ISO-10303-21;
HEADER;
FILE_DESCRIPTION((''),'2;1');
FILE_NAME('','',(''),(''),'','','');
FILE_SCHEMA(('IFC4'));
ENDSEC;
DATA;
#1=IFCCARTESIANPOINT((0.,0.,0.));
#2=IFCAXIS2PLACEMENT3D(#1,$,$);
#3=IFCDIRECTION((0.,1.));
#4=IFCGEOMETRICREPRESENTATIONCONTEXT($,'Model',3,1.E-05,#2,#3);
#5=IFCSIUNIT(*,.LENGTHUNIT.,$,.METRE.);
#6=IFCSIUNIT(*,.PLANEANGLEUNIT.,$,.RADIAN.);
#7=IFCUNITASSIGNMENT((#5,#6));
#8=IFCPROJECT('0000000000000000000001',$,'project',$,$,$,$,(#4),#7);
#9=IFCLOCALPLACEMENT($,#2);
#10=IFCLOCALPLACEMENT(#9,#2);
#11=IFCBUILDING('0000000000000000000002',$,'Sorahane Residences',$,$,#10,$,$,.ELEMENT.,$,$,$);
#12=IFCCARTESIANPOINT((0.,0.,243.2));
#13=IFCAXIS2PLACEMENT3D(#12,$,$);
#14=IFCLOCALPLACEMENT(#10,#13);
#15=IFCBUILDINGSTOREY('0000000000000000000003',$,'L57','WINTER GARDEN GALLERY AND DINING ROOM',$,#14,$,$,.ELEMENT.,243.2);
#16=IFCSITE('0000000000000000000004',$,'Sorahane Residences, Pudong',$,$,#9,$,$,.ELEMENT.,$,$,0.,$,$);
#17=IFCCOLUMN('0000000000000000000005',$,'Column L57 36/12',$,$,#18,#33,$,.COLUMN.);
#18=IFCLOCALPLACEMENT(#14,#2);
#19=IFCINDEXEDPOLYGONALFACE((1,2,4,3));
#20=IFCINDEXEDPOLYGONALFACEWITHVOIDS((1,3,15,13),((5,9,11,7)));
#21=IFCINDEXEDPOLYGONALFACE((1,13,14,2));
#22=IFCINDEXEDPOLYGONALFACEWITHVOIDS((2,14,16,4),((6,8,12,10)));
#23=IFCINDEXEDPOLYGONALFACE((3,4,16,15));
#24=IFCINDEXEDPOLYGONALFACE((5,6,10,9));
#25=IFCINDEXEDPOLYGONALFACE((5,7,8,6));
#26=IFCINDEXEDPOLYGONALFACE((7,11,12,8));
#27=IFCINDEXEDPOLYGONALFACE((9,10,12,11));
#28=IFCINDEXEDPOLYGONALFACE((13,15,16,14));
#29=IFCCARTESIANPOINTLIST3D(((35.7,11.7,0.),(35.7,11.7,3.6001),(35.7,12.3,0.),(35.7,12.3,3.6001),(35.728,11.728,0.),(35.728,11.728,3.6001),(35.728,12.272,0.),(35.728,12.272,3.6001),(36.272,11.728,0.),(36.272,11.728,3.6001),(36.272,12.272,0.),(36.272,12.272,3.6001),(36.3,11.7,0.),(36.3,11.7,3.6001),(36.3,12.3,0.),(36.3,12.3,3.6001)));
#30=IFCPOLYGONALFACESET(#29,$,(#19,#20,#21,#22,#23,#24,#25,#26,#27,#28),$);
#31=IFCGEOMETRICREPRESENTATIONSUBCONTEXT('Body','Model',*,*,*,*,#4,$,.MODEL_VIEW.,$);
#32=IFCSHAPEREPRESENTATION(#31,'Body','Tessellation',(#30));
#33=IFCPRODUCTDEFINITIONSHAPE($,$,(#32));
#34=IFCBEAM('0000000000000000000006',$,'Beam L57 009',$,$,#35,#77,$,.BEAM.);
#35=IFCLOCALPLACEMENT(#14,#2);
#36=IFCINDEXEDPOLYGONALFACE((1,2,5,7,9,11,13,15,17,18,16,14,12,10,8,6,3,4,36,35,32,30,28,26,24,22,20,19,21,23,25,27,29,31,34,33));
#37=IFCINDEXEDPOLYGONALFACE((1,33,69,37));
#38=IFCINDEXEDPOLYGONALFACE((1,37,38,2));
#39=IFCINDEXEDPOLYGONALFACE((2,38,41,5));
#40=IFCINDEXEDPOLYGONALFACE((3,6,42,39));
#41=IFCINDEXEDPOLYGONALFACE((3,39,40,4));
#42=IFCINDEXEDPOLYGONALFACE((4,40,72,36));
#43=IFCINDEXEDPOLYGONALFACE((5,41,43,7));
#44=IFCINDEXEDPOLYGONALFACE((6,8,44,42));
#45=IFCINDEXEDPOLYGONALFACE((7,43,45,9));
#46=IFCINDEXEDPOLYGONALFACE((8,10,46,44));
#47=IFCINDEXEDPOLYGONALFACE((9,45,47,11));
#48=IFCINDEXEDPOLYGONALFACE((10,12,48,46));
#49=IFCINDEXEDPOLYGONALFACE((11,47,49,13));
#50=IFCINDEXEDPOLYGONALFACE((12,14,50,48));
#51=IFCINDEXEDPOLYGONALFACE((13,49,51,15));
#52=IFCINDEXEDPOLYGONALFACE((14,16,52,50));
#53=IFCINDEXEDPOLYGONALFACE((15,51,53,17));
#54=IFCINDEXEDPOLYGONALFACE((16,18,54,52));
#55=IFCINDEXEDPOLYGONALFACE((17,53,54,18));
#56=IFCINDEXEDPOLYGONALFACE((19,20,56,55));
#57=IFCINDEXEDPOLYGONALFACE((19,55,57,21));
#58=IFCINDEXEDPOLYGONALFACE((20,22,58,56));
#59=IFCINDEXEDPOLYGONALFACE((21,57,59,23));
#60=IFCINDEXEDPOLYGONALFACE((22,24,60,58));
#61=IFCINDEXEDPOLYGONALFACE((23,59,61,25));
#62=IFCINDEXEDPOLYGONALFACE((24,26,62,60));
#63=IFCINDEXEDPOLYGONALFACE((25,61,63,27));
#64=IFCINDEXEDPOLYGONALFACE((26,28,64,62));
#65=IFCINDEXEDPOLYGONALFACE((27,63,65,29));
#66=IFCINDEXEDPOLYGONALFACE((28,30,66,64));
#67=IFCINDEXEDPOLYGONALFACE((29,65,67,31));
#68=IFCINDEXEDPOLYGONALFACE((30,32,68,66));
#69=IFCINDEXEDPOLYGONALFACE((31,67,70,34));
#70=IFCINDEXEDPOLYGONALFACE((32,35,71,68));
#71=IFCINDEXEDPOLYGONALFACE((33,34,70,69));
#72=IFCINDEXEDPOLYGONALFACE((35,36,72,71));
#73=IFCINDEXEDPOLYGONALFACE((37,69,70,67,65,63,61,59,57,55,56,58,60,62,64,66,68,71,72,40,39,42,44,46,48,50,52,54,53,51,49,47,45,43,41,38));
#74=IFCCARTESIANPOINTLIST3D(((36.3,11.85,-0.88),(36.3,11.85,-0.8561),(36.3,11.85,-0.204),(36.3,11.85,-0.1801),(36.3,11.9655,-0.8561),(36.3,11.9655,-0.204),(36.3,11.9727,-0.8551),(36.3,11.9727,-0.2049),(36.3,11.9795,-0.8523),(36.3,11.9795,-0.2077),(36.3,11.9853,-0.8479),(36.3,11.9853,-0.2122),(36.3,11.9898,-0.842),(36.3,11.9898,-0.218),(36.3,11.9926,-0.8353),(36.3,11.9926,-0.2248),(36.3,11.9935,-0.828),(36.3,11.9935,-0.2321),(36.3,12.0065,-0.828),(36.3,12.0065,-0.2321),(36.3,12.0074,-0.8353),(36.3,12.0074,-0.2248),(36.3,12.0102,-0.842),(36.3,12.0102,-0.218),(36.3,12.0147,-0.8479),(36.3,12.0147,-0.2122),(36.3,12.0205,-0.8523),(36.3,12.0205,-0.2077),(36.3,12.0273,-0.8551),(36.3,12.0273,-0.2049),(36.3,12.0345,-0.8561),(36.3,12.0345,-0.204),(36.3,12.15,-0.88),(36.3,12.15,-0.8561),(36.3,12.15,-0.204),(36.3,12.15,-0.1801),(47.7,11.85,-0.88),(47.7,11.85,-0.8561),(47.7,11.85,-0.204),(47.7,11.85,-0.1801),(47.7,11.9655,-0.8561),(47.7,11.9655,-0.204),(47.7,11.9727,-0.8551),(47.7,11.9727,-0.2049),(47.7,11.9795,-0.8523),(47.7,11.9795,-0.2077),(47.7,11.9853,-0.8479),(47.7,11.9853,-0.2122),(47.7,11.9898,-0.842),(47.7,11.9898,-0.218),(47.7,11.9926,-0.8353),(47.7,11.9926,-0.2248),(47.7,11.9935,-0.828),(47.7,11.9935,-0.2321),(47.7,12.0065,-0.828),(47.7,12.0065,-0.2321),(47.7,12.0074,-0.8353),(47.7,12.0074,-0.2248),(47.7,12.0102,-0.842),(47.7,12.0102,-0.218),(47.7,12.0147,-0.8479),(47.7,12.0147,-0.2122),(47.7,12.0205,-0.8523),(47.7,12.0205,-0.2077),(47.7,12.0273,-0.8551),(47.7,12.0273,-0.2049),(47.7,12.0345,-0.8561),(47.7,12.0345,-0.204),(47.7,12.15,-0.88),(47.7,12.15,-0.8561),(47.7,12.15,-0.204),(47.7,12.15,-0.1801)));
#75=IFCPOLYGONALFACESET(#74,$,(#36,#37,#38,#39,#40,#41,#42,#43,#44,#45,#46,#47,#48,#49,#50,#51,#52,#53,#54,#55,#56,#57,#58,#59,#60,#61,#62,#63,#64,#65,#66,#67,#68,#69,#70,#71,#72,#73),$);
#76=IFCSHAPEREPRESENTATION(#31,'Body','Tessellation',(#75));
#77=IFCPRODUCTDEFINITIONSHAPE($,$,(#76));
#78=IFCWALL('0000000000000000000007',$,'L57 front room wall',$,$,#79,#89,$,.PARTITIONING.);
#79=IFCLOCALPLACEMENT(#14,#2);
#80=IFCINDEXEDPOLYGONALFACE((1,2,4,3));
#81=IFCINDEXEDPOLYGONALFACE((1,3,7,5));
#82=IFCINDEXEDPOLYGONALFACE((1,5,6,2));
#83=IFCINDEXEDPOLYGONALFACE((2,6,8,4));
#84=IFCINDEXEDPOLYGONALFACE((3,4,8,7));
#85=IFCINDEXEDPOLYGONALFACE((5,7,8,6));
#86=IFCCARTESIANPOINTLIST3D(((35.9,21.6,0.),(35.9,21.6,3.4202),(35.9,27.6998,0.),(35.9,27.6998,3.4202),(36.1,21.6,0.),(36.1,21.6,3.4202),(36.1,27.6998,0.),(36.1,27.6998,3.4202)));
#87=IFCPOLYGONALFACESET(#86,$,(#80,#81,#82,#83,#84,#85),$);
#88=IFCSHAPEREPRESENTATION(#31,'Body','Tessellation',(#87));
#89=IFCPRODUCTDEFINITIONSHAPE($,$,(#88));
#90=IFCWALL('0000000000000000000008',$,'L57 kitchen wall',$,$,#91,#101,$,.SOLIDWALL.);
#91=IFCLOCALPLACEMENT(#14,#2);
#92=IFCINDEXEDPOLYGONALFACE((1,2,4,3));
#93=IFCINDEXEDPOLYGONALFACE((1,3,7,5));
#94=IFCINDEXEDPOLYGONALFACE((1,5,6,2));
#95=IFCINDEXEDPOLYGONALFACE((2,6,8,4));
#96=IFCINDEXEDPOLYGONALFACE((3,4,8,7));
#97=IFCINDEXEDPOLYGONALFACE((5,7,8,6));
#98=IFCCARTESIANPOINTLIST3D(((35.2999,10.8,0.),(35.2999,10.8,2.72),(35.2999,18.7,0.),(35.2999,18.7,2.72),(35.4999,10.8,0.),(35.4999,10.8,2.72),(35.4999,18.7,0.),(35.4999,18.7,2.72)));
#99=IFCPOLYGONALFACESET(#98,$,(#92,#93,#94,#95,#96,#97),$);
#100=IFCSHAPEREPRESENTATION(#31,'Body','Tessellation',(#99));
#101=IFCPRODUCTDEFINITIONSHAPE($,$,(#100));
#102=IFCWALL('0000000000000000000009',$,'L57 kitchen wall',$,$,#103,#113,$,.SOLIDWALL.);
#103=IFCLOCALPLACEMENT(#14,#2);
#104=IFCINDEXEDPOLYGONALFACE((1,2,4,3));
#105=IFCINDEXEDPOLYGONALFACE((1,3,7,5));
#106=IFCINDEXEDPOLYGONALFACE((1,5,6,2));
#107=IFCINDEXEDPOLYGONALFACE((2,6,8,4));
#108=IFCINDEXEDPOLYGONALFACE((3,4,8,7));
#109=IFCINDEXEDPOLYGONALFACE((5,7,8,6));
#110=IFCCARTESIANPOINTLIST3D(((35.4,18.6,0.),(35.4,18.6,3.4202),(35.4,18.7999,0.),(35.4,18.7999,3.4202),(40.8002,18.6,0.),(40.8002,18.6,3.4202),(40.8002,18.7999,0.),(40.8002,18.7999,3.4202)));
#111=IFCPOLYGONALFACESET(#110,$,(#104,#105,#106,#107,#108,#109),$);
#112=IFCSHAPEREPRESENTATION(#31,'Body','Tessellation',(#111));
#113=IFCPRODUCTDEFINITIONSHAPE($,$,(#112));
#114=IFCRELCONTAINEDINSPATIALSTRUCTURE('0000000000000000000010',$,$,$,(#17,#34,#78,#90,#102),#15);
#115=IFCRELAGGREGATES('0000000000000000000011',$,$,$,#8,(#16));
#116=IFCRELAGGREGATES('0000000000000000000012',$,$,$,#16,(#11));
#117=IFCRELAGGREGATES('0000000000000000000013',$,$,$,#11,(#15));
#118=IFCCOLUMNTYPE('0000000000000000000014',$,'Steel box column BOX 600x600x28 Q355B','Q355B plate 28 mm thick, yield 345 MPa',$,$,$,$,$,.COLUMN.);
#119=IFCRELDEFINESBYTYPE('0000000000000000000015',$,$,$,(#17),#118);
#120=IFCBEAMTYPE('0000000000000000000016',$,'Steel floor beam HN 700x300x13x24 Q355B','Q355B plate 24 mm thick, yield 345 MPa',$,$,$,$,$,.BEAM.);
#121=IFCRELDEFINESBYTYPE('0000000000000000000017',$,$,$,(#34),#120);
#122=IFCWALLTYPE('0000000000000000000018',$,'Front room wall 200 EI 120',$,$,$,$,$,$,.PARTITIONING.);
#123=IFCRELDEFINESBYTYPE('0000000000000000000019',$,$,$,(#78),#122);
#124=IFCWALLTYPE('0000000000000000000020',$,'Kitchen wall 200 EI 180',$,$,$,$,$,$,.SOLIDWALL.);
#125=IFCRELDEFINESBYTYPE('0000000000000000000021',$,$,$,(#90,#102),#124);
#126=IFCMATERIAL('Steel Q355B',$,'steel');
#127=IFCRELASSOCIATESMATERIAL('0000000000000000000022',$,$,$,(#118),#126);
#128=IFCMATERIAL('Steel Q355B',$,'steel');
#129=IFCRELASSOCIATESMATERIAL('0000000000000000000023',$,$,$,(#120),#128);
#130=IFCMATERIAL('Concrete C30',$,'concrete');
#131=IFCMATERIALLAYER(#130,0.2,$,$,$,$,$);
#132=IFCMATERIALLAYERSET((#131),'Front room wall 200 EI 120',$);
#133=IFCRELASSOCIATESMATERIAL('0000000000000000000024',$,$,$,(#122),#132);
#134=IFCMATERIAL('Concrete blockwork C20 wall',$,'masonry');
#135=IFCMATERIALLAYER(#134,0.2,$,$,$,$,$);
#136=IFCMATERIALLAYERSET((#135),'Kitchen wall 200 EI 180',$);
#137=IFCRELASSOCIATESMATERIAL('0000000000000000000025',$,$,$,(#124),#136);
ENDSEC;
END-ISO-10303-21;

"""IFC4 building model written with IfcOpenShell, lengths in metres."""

from ifc_helpers import new_model, si_unit, direction, frame, frame_2d, origin, origin_2d, place, context, subcontext, project, spatial, rectangle, hollow_rectangle, i_section, extrude, material, layer, layer_set, material_profile, profile_set, type_object, element, save


model = new_model("IFC4")

# Units and contexts
model_context = context("Model", 3, precision=1e-05, world=origin(), true_north=direction((0.0, 1.0)))
body_context = subcontext(model_context, "Body", "Model", "MODEL_VIEW")
ifc_project = project(units=[si_unit("LENGTHUNIT", "METRE"), si_unit("PLANEANGLEUNIT", "RADIAN")], contexts=[model_context])

# Site, building, storey
site_placement = place(None, origin())
site = spatial("IfcSite", under=ifc_project, at=site_placement, Name="Sorahane Residences, Pudong", CompositionType="ELEMENT", RefElevation=0.0)
building_placement = place(site_placement, origin())
building = spatial("IfcBuilding", under=site, at=building_placement, Name="Sorahane Residences", CompositionType="ELEMENT")
storey_placement = place(building_placement, frame((0.0, 0.0, 243.2)))
storey = spatial("IfcBuildingStorey", under=building, at=storey_placement, Name="L57", Description="WINTER GARDEN GALLERY AND DINING ROOM", CompositionType="ELEMENT", Elevation=243.2)

# Column
ifc_material_1 = material(Name="Steel Q355B", Category="steel")
ifc_material_profile_1 = material_profile(ifc_material_1, hollow_rectangle(XDim=0.6001, YDim=0.6001, WallThickness=0.0281, at=origin_2d()), Name="BOX 600x600x28")
ifc_profile_set_1 = profile_set([ifc_material_profile_1], Name="Steel Q355B")
column_type = type_object("IfcColumnType", Name="Steel box column BOX 600x600x28 Q355B", Description="Q355B plate 28 mm thick, yield 345 MPa", PredefinedType="COLUMN", material=ifc_profile_set_1)
column_placement = place(storey_placement, frame((36.0, 12.0, 0.0), z_axis=(0.0, 0.0, 1.0), x_axis=(1.0, 0.0, 0.0)))
element("IfcColumn", 1, at=column_placement, inside=storey, type_object=column_type, Name="Column L57 36/12", PredefinedType="COLUMN", context=body_context, shape_type="SweptSolid", body=[
    extrude(hollow_rectangle(XDim=0.6001, YDim=0.6001, WallThickness=0.0281, at=origin_2d()), origin(), (0.0, 0.0, 1.0), 3.6001),
])

# Beam
ifc_material_2 = material(Name="Steel Q355B", Category="steel")
ifc_material_profile_2 = material_profile(ifc_material_2, i_section(OverallWidth=0.3, OverallDepth=0.7, WebThickness=0.0129, FlangeThickness=0.0239, FilletRadius=0.0281, at=origin_2d()), Name="HN 700x300x13x24")
ifc_profile_set_2 = profile_set([ifc_material_profile_2], Name="Steel Q355B")
beam_type = type_object("IfcBeamType", Name="Steel floor beam HN 700x300x13x24 Q355B", Description="Q355B plate 24 mm thick, yield 345 MPa", PredefinedType="BEAM", material=ifc_profile_set_2)
beam_placement = place(storey_placement, frame((36.3, 12.0, -0.53), z_axis=(1.0, 0.0, 0.0), x_axis=(0.0, 1.0, 0.0)))
element("IfcBeam", 2, at=beam_placement, inside=storey, type_object=beam_type, Name="Beam L57 009", PredefinedType="BEAM", context=body_context, shape_type="SweptSolid", body=[
    extrude(i_section(OverallWidth=0.3, OverallDepth=0.7, WebThickness=0.0129, FlangeThickness=0.0239, FilletRadius=0.0281, at=origin_2d()), origin(), (0.0, 0.0, 1.0), 11.3999),
])

# Walls
ifc_material_3 = material(Name="Concrete C30", Category="concrete")
ifc_layer_1 = layer(ifc_material_3, 0.2)
ifc_layer_set_1 = layer_set([ifc_layer_1], Name="Front room wall 200 EI 120")
wall_type_1 = type_object("IfcWallType", Name="Front room wall 200 EI 120", PredefinedType="PARTITIONING", material=ifc_layer_set_1)
wall_1_placement = place(storey_placement, frame((36.0, 21.6001, 0.0), z_axis=(0.0, 0.0, 1.0), x_axis=(0.0, 1.0, 0.0)))
element("IfcWall", 3, at=wall_1_placement, inside=storey, type_object=wall_type_1, Name="L57 front room wall", PredefinedType="PARTITIONING", context=body_context, shape_type="SweptSolid", body=[
    extrude(rectangle(XDim=6.0999, YDim=0.2, at=frame_2d((3.0498, 0.0))), origin(), (0.0, 0.0, 1.0), 3.4202),
])
ifc_material_4 = material(Name="Concrete blockwork C20 wall", Category="masonry")
ifc_layer_2 = layer(ifc_material_4, 0.2)
ifc_layer_set_2 = layer_set([ifc_layer_2], Name="Kitchen wall 200 EI 180")
wall_type_2 = type_object("IfcWallType", Name="Kitchen wall 200 EI 180", PredefinedType="SOLIDWALL", material=ifc_layer_set_2)
wall_2_placement = place(storey_placement, frame((35.3999, 10.8, 0.0), z_axis=(0.0, 0.0, 1.0), x_axis=(0.0, 1.0, 0.0)))
element("IfcWall", 4, at=wall_2_placement, inside=storey, type_object=wall_type_2, Name="L57 kitchen wall", PredefinedType="SOLIDWALL", context=body_context, shape_type="SweptSolid", body=[
    extrude(rectangle(XDim=7.8999, YDim=0.2, at=frame_2d((3.95, 0.0))), origin(), (0.0, 0.0, 1.0), 2.72),
])

# Wall
wall_3_placement = place(storey_placement, frame((35.3999, 18.7, 0.0), z_axis=(0.0, 0.0, 1.0), x_axis=(1.0, 0.0, 0.0)))
element("IfcWall", 5, at=wall_3_placement, inside=storey, type_object=wall_type_2, Name="L57 kitchen wall", PredefinedType="SOLIDWALL", context=body_context, shape_type="SweptSolid", body=[
    extrude(rectangle(XDim=5.4001, YDim=0.2, at=frame_2d((2.7002, 0.0))), origin(), (0.0, 0.0, 1.0), 3.4202),
])

save(model, "model.ifc")
